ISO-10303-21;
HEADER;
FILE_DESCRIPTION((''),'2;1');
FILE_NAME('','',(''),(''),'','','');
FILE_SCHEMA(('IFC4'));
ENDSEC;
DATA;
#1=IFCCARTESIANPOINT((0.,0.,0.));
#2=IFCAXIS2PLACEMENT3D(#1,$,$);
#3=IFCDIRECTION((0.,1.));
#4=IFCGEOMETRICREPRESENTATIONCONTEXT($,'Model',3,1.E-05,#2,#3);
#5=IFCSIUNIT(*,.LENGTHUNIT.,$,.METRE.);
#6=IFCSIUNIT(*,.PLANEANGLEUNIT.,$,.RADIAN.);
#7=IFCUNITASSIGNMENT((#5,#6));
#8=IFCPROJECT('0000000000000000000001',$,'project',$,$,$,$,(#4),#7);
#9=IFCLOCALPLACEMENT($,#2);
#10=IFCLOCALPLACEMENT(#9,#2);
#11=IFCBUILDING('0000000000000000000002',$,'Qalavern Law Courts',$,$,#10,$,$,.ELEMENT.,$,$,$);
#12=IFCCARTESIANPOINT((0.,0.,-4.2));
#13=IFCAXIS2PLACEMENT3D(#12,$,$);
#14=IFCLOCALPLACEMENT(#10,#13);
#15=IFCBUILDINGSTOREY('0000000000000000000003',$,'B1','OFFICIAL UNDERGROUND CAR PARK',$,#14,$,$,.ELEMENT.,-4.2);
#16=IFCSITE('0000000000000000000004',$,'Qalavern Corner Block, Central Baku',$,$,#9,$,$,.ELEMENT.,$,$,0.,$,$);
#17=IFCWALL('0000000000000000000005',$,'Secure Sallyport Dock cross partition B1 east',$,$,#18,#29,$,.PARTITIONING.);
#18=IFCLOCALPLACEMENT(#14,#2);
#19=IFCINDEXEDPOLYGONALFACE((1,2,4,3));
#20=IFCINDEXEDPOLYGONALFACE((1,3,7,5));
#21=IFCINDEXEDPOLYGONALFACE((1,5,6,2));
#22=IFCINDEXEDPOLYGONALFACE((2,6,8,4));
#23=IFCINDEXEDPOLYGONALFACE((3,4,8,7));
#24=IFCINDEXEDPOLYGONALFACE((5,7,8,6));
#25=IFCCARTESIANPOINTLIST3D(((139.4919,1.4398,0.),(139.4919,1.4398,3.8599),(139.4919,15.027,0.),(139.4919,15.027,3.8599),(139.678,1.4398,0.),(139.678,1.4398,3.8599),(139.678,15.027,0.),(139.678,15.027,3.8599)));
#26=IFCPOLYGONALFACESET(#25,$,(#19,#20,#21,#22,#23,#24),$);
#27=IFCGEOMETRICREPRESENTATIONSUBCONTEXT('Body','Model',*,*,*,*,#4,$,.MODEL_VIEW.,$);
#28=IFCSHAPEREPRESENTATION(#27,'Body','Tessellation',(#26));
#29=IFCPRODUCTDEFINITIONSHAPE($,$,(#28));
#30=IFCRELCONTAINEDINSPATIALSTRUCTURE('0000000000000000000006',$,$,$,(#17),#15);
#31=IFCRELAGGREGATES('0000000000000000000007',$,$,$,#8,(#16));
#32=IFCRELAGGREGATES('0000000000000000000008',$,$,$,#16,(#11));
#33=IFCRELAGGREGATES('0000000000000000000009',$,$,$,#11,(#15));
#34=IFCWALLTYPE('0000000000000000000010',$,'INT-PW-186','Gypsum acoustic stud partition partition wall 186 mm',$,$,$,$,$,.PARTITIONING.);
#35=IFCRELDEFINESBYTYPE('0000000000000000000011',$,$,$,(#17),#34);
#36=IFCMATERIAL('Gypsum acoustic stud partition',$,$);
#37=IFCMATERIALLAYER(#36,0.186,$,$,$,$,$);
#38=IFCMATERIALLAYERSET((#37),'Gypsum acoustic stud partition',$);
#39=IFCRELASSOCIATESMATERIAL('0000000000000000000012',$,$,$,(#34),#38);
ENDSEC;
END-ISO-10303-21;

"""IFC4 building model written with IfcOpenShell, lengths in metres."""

from ifc_helpers import new_model, si_unit, direction, frame, frame_2d, origin, place, context, subcontext, project, spatial, rectangle, extrude, material, layer, layer_set, type_object, element, save


model = new_model("IFC4")

# Units and contexts
model_context = context("Model", 3, precision=1e-05, world=origin(), true_north=direction((0.0, 1.0)))
body_context = subcontext(model_context, "Body", "Model", "MODEL_VIEW")
ifc_project = project(units=[si_unit("LENGTHUNIT", "METRE"), si_unit("PLANEANGLEUNIT", "RADIAN")], contexts=[model_context])

# Site, building, storey
site_placement = place(None, origin())
site = spatial("IfcSite", under=ifc_project, at=site_placement, Name="Qalavern Corner Block, Central Baku", CompositionType="ELEMENT", RefElevation=0.0)
building_placement = place(site_placement, origin())
building = spatial("IfcBuilding", under=site, at=building_placement, Name="Qalavern Law Courts", CompositionType="ELEMENT")
storey_placement = place(building_placement, frame((0.0, 0.0, -4.2)))
storey = spatial("IfcBuildingStorey", under=building, at=storey_placement, Name="B1", Description="OFFICIAL UNDERGROUND CAR PARK", CompositionType="ELEMENT", Elevation=-4.2)

# Shared definitions
ifc_material_1 = material(Name="Gypsum acoustic stud partition")

# Wall
ifc_layer_1 = layer(ifc_material_1, 0.186)
ifc_layer_set_1 = layer_set([ifc_layer_1], Name="Gypsum acoustic stud partition")
wall_type_1 = type_object("IfcWallType", Name="INT-PW-186", Description="Gypsum acoustic stud partition partition wall 186 mm", PredefinedType="PARTITIONING", material=ifc_layer_set_1)
wall_1_placement = place(storey_placement, frame((139.585, 1.4399, 0.0), z_axis=(0.0, 0.0, 1.0), x_axis=(0.0, 1.0, 0.0)))
element("IfcWall", 1, at=wall_1_placement, inside=storey, type_object=wall_type_1, Name="Secure Sallyport Dock cross partition B1 east", PredefinedType="PARTITIONING", context=body_context, shape_type="SweptSolid", body=[
    extrude(rectangle(XDim=13.5872, YDim=0.186, at=frame_2d((6.7935, 0.0))), origin(), (0.0, 0.0, 1.0), 3.8599),
])

save(model, "model.ifc")
